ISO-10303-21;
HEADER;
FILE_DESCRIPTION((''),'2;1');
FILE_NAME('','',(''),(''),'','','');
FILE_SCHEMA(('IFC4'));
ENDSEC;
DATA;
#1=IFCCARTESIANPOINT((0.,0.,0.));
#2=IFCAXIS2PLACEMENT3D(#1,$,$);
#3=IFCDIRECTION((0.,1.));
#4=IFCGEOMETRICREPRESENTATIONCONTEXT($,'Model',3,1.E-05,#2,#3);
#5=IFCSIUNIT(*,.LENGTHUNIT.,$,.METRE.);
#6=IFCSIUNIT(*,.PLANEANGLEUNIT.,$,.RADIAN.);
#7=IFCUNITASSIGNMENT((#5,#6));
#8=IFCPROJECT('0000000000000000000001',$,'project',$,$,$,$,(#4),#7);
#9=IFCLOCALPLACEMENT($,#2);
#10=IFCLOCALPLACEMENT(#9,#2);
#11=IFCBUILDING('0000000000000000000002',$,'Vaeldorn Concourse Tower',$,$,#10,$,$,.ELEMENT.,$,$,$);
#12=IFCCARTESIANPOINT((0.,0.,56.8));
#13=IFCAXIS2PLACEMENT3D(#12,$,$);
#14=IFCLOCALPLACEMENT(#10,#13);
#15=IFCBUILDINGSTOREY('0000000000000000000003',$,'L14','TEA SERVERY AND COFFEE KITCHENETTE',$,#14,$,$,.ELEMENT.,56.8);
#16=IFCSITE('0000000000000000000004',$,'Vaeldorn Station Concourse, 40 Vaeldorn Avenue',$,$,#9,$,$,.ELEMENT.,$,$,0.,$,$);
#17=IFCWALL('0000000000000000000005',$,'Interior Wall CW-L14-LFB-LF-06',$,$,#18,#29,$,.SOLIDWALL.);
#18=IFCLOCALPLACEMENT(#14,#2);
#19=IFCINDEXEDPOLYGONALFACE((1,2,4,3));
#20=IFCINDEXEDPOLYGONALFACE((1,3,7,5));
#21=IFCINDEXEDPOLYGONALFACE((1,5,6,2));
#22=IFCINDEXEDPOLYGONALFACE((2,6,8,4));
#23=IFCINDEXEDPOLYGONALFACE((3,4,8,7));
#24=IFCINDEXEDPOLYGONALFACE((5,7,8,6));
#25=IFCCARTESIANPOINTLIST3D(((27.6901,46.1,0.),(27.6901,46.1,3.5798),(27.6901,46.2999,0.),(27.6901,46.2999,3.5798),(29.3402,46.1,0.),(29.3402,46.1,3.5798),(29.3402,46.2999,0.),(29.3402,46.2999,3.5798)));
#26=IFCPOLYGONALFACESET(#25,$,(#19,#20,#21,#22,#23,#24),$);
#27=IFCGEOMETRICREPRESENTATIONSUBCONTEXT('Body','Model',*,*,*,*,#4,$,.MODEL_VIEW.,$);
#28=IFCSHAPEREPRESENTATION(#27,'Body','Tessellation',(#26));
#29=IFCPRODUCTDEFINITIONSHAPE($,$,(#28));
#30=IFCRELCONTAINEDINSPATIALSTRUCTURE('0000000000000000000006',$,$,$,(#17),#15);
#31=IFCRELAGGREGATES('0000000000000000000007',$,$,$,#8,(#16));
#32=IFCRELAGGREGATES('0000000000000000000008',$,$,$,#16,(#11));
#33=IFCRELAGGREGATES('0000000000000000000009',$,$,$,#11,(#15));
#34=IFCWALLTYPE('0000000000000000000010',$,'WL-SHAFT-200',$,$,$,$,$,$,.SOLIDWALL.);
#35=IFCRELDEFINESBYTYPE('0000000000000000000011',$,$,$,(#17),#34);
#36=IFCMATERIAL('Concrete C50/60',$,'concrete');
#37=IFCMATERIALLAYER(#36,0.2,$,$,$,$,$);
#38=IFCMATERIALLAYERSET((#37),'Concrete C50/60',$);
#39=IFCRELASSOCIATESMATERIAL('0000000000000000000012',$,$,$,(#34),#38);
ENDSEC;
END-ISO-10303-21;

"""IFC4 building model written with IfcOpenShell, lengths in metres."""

from ifc_helpers import new_model, si_unit, direction, frame, frame_2d, origin, place, context, subcontext, project, spatial, rectangle, extrude, material, layer, layer_set, type_object, element, save


model = new_model("IFC4")

# Units and contexts
model_context = context("Model", 3, precision=1e-05, world=origin(), true_north=direction((0.0, 1.0)))
body_context = subcontext(model_context, "Body", "Model", "MODEL_VIEW")
ifc_project = project(units=[si_unit("LENGTHUNIT", "METRE"), si_unit("PLANEANGLEUNIT", "RADIAN")], contexts=[model_context])

# Site, building, storey
site_placement = place(None, origin())
site = spatial("IfcSite", under=ifc_project, at=site_placement, Name="Vaeldorn Station Concourse, 40 Vaeldorn Avenue", CompositionType="ELEMENT", RefElevation=0.0)
building_placement = place(site_placement, origin())
building = spatial("IfcBuilding", under=site, at=building_placement, Name="Vaeldorn Concourse Tower", CompositionType="ELEMENT")
storey_placement = place(building_placement, frame((0.0, 0.0, 56.8)))
storey = spatial("IfcBuildingStorey", under=building, at=storey_placement, Name="L14", Description="TEA SERVERY AND COFFEE KITCHENETTE", CompositionType="ELEMENT", Elevation=56.8)

# Shared definitions
ifc_material_1 = material(Name="Concrete C50/60", Category="concrete")
ifc_layer_1 = layer(ifc_material_1, 0.2)
ifc_layer_set_1 = layer_set([ifc_layer_1], Name="Concrete C50/60")
wall_type_1 = type_object("IfcWallType", Name="WL-SHAFT-200", PredefinedType="SOLIDWALL", material=ifc_layer_set_1)

# Wall
wall_1_placement = place(storey_placement, frame((27.6899, 46.2, 0.0), z_axis=(0.0, 0.0, 1.0), x_axis=(1.0, 0.0, 0.0)))
element("IfcWall", 1, at=wall_1_placement, inside=storey, type_object=wall_type_1, Name="Interior Wall CW-L14-LFB-LF-06", PredefinedType="SOLIDWALL", context=body_context, shape_type="SweptSolid", body=[
    extrude(rectangle(XDim=1.6501, YDim=0.2, at=frame_2d((0.8252, 0.0))), origin(), (0.0, 0.0, 1.0), 3.5798),
])

save(model, "model.ifc")
